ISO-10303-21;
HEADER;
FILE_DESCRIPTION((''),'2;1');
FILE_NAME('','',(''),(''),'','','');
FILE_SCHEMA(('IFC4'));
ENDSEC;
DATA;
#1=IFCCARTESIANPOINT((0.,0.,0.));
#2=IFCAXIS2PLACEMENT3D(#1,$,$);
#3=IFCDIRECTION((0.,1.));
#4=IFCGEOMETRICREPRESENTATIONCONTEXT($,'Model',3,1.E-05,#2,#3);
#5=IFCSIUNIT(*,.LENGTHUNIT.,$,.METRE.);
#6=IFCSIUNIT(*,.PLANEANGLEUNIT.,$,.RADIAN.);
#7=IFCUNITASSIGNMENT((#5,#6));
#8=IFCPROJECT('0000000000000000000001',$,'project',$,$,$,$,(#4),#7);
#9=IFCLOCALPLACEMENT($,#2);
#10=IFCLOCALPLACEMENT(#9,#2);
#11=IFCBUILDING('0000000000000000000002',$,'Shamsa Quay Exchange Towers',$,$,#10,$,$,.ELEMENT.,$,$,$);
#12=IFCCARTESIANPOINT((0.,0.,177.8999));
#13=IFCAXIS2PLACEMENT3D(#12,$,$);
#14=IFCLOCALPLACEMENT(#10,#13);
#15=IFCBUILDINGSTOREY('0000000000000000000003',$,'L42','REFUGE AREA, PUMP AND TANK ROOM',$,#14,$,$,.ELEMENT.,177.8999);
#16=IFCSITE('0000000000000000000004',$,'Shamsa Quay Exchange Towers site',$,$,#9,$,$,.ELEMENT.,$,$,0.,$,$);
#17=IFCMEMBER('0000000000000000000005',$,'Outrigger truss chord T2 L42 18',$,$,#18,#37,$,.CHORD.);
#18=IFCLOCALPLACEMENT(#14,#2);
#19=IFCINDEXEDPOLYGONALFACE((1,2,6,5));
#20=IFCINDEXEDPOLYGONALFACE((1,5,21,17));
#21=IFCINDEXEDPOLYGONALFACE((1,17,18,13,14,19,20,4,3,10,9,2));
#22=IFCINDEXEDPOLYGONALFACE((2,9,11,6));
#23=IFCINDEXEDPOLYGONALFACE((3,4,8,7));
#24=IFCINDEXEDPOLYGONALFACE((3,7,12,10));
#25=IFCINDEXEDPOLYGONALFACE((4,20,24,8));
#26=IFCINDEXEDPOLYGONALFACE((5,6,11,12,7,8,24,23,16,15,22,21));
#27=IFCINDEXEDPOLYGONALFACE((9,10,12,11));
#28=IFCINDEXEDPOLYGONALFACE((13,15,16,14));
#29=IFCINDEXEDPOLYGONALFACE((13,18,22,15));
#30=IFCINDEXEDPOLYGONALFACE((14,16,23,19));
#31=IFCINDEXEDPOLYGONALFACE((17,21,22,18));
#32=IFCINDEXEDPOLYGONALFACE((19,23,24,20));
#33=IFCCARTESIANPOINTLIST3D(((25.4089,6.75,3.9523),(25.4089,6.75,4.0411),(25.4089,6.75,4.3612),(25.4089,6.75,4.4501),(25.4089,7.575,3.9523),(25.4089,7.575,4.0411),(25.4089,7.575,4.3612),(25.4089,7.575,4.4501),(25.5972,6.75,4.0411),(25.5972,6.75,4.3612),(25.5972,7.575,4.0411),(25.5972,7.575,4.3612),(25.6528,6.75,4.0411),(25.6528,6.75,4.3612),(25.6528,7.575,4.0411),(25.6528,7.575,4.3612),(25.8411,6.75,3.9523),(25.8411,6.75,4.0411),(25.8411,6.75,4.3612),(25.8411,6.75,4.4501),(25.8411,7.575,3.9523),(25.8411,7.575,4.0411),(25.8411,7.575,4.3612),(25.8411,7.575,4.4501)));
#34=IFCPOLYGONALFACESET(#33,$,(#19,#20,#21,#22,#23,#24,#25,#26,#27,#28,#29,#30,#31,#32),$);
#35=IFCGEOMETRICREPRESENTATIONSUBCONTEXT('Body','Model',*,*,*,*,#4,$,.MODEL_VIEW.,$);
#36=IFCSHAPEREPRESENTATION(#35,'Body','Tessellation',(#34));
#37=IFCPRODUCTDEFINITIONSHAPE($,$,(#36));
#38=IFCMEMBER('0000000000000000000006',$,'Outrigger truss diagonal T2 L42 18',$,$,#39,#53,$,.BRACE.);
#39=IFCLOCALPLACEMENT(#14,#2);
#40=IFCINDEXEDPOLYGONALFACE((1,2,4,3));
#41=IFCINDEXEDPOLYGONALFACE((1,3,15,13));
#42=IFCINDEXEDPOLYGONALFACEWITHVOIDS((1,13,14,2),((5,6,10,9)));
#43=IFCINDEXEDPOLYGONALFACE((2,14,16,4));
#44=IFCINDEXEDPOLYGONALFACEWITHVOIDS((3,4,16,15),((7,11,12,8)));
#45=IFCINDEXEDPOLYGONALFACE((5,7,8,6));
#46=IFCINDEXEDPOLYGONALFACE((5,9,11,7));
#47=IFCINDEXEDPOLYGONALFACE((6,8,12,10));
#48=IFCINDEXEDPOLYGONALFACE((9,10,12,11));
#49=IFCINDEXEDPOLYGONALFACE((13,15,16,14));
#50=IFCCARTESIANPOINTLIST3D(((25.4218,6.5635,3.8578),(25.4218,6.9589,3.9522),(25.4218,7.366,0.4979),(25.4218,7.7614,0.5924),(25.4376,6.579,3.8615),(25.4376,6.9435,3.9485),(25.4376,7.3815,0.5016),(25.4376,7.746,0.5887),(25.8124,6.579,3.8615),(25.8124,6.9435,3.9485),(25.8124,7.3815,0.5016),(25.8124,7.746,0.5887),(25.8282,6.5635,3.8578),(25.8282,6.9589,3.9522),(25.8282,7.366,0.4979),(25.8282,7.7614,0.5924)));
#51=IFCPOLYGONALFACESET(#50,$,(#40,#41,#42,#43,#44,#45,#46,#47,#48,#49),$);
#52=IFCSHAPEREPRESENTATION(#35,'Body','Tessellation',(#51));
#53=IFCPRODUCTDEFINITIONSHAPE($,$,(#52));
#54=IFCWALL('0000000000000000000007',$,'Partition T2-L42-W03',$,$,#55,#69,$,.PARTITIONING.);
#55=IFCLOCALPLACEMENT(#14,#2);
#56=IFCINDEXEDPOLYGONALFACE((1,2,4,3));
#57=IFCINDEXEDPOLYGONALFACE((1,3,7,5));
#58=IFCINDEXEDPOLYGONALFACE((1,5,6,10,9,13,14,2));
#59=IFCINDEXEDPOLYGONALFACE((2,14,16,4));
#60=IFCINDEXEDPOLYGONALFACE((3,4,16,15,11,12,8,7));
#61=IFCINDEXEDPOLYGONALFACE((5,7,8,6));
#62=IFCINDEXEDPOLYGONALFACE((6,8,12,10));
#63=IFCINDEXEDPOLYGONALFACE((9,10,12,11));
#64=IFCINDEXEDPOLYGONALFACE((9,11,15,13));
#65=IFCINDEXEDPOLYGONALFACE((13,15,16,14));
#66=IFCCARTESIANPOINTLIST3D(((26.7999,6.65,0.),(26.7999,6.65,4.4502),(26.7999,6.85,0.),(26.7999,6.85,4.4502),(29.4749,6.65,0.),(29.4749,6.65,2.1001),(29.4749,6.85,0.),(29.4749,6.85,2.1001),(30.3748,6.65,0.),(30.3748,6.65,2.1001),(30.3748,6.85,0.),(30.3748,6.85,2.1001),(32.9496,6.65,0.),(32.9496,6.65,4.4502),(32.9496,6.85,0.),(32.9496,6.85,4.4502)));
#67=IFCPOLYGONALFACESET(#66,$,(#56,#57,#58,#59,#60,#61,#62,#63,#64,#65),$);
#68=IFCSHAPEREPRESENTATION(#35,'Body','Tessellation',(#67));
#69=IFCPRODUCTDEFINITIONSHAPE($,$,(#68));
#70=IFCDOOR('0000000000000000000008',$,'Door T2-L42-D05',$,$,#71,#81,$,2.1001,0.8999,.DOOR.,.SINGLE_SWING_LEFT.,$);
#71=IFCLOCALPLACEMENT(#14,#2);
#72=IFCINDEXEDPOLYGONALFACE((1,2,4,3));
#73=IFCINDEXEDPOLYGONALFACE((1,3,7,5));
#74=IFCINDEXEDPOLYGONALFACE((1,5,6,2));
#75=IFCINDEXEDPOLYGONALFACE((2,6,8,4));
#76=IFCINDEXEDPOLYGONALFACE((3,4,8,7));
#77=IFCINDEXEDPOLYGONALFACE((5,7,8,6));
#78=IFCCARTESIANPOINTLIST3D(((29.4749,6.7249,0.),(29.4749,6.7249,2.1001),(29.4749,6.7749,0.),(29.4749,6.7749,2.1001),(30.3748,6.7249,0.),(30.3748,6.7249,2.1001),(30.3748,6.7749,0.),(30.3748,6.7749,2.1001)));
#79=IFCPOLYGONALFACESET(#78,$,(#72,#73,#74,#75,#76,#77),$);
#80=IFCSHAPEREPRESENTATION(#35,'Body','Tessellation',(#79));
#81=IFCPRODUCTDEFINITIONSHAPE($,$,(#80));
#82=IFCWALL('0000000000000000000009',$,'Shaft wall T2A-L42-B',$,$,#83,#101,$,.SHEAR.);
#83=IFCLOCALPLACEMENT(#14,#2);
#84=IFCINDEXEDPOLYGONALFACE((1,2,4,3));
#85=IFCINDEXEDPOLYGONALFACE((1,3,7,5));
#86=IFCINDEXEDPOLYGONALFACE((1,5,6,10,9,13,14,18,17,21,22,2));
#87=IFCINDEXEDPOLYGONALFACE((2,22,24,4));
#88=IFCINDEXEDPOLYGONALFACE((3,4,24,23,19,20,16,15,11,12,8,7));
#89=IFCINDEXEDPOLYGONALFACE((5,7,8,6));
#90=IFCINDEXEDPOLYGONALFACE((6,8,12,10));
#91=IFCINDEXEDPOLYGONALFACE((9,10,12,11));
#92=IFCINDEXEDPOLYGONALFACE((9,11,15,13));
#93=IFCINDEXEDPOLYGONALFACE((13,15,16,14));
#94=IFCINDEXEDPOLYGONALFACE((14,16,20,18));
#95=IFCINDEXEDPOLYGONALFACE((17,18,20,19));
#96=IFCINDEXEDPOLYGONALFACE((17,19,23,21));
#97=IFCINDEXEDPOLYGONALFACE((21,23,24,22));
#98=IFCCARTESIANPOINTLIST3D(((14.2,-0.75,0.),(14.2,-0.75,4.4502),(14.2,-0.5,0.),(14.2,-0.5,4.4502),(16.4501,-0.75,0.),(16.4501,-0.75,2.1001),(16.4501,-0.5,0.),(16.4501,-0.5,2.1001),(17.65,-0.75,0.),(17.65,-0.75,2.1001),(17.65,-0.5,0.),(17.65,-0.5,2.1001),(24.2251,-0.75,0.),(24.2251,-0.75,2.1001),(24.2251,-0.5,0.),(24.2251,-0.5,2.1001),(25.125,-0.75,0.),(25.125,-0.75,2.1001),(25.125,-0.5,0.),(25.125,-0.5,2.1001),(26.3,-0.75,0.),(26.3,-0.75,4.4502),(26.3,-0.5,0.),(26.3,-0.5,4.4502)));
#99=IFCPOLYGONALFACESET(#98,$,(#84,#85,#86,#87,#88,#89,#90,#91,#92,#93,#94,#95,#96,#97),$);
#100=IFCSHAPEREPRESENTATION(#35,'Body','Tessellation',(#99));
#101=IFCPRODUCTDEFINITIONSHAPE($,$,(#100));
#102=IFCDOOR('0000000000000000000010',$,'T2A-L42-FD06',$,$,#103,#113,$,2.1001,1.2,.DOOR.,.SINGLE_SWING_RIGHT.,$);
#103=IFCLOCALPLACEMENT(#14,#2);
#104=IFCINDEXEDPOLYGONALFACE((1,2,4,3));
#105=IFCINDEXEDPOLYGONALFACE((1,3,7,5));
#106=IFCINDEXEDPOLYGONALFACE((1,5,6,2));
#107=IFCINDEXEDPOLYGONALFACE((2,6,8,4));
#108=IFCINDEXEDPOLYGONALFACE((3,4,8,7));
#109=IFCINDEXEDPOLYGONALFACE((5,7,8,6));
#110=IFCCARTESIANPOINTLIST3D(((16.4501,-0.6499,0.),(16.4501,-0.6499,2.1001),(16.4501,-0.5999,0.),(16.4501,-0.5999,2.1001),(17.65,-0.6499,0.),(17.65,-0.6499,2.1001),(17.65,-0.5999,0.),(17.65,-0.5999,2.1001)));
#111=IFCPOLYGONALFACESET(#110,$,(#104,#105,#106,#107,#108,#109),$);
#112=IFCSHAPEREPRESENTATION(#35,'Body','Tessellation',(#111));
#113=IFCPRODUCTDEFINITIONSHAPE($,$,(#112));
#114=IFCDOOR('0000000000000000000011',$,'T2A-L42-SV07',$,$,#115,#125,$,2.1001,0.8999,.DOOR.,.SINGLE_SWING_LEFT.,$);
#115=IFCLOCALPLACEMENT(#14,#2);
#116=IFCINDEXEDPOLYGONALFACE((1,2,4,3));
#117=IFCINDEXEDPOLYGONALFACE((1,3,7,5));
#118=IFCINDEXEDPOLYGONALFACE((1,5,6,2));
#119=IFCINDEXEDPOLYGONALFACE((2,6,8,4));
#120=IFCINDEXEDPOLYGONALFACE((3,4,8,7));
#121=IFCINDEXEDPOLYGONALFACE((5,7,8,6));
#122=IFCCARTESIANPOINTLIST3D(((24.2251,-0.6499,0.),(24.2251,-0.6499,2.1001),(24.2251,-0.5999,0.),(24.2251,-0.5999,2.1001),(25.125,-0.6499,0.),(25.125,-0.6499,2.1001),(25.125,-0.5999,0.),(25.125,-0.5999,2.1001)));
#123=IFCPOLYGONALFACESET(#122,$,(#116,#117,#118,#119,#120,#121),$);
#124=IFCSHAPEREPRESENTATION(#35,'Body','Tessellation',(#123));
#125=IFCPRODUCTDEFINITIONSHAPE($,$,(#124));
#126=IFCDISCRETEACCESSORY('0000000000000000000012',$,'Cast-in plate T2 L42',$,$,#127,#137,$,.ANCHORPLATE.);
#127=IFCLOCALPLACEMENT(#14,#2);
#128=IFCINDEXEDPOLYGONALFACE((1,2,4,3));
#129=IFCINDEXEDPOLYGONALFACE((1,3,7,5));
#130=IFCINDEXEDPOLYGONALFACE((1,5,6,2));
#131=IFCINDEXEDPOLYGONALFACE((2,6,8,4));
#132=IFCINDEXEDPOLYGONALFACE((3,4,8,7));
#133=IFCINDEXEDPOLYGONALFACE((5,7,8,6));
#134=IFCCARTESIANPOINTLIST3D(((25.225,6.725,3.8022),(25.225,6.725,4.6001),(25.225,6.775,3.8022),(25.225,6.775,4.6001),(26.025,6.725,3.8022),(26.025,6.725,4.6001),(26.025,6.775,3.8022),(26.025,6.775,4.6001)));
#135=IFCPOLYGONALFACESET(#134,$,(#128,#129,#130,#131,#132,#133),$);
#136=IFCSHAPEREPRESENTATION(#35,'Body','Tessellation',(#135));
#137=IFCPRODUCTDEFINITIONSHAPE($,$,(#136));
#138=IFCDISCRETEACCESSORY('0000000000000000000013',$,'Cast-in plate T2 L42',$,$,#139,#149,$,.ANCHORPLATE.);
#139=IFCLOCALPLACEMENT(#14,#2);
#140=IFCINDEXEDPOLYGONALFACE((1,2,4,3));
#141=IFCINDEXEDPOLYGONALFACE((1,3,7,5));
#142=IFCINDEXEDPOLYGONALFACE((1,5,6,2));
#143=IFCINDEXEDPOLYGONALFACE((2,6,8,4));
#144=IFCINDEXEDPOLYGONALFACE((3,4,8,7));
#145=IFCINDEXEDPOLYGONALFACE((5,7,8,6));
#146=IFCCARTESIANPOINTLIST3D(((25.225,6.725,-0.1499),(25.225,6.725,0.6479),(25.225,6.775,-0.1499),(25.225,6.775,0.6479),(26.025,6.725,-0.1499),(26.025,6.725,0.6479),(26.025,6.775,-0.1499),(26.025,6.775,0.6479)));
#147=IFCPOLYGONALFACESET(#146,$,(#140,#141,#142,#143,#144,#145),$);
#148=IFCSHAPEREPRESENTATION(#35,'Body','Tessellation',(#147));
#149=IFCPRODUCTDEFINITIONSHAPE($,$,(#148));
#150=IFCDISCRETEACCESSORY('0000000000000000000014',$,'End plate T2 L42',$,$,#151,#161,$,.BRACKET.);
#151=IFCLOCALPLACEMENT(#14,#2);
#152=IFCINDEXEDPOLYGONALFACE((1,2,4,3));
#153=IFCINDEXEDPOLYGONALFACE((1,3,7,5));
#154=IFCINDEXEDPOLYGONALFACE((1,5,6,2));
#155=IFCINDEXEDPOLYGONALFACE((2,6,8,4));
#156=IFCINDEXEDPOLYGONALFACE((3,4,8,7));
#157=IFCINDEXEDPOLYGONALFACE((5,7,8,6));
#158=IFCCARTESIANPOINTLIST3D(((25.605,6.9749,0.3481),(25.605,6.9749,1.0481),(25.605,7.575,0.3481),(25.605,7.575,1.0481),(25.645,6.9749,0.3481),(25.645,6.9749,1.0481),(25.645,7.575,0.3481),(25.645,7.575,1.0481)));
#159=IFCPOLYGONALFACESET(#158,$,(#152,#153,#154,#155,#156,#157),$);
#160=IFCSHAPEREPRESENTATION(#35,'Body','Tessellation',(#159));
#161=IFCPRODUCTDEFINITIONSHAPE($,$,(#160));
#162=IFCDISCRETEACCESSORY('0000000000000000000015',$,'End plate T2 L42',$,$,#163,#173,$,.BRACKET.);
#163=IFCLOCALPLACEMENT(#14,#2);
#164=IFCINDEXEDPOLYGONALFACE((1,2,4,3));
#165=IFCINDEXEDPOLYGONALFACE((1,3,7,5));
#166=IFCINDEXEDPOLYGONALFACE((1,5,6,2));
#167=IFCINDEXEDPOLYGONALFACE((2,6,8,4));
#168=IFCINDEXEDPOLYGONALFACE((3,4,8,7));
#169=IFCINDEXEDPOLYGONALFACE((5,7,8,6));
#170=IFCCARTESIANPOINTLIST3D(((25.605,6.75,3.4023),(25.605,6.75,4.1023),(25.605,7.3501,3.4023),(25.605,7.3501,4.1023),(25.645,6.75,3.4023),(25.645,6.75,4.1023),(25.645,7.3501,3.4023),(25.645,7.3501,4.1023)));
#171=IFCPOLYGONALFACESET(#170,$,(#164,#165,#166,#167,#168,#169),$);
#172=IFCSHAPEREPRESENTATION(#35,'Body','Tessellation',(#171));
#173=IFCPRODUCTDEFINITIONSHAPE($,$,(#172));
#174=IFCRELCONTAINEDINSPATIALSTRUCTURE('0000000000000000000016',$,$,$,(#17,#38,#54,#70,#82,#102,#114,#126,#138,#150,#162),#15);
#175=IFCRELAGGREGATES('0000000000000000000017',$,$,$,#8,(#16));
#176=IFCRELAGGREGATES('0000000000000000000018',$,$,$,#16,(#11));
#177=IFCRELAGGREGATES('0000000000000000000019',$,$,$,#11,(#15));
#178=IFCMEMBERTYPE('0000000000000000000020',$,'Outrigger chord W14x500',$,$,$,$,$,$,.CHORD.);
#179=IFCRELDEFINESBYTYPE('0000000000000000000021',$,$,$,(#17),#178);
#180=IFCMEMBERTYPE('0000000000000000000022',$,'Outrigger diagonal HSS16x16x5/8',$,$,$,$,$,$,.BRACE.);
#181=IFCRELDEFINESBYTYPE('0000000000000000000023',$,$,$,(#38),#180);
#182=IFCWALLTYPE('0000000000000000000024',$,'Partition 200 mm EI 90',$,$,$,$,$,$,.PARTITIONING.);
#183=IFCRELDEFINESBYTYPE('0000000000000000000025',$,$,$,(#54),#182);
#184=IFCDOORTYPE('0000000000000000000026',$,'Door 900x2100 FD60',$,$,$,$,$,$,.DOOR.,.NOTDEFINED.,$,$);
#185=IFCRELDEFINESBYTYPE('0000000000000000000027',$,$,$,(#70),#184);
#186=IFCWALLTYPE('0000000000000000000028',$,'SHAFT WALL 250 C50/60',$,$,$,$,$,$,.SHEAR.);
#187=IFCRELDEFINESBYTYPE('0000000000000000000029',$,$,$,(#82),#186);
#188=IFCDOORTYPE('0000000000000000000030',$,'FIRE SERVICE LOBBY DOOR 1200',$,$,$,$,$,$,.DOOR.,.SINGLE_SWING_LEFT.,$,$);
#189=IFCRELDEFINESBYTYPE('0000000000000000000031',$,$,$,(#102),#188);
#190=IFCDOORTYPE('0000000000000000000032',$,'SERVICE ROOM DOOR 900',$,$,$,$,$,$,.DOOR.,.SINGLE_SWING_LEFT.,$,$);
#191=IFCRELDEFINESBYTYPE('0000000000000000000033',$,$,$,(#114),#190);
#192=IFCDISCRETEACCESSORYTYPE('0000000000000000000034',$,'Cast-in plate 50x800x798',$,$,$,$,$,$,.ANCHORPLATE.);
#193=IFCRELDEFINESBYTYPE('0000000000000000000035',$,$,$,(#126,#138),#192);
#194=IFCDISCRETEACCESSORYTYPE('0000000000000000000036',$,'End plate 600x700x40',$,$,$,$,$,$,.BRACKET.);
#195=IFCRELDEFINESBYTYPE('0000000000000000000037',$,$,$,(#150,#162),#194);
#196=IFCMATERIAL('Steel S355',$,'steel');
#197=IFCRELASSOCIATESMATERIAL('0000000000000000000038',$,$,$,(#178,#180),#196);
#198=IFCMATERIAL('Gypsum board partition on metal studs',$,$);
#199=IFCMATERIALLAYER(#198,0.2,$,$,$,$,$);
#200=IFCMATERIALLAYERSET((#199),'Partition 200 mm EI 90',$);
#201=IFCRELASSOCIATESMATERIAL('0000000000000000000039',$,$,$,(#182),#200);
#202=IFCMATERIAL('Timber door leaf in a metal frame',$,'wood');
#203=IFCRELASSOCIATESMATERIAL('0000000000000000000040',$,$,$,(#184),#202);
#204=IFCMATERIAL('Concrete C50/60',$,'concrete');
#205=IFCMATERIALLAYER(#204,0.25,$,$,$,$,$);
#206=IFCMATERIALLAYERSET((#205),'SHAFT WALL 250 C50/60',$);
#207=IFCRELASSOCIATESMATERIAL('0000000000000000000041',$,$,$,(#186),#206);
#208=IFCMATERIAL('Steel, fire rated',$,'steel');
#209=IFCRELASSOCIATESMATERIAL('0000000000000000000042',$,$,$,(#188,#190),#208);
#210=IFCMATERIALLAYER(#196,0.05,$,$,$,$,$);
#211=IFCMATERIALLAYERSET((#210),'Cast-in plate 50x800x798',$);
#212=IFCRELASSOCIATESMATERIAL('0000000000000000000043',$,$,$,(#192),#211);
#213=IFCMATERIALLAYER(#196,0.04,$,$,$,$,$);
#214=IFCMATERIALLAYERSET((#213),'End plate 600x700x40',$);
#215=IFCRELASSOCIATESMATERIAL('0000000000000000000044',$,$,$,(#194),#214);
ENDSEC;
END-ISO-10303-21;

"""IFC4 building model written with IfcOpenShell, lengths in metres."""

from ifc_helpers import new_model, si_unit, direction, frame, frame_2d, origin, origin_2d, place, context, subcontext, project, spatial, rectangle, hollow_rectangle, i_section, extrude, material, layer, layer_set, material_profile, profile_set, type_object, element, fill, save


model = new_model("IFC4")

# Units and contexts
model_context = context("Model", 3, precision=1e-05, world=origin(), true_north=direction((0.0, 1.0)))
body_context = subcontext(model_context, "Body", "Model", "MODEL_VIEW")
ifc_project = project(units=[si_unit("LENGTHUNIT", "METRE"), si_unit("PLANEANGLEUNIT", "RADIAN")], contexts=[model_context])

# Site, building, storey
site_placement = place(None, origin())
site = spatial("IfcSite", under=ifc_project, at=site_placement, Name="Shamsa Quay Exchange Towers site", CompositionType="ELEMENT", RefElevation=0.0)
building_placement = place(site_placement, origin())
building = spatial("IfcBuilding", under=site, at=building_placement, Name="Shamsa Quay Exchange Towers", CompositionType="ELEMENT")
storey_placement = place(building_placement, frame((0.0, 0.0, 177.8999)))
storey = spatial("IfcBuildingStorey", under=building, at=storey_placement, Name="L42", Description="REFUGE AREA, PUMP AND TANK ROOM", CompositionType="ELEMENT", Elevation=177.8999)

# Members
ifc_material_1 = material(Name="Steel S355", Category="steel")
ifc_material_profile_1 = material_profile(ifc_material_1, i_section(OverallWidth=0.4321, OverallDepth=0.4978, WebThickness=0.0557, FlangeThickness=0.0889, at=origin_2d()), Name="W14x500")
ifc_profile_set_1 = profile_set([ifc_material_profile_1], Name="Steel S355")
member_type_1 = type_object("IfcMemberType", Name="Outrigger chord W14x500", PredefinedType="CHORD", material=ifc_profile_set_1)
member_1_placement = place(storey_placement, frame((25.625, 7.575, 4.2012), z_axis=(0.0, -1.0, 0.0), x_axis=(1.0, 0.0, 0.0)))
element("IfcMember", 1, at=member_1_placement, inside=storey, type_object=member_type_1, Name="Outrigger truss chord T2 L42 18", PredefinedType="CHORD", context=body_context, shape_type="SweptSolid", body=[
    extrude(i_section(OverallWidth=0.4321, OverallDepth=0.4978, WebThickness=0.0557, FlangeThickness=0.0889, at=origin_2d()), origin(), (0.0, 0.0, 1.0), 0.825),
])
ifc_material_profile_2 = material_profile(ifc_material_1, hollow_rectangle(XDim=0.4065, YDim=0.4065, WallThickness=0.0159, at=origin_2d()), Name="HSS16x16x5/8")
ifc_profile_set_2 = profile_set([ifc_material_profile_2], Name="Steel S355")
member_type_2 = type_object("IfcMemberType", Name="Outrigger diagonal HSS16x16x5/8", PredefinedType="BRACE", material=ifc_profile_set_2)
member_2_placement = place(storey_placement, frame((25.625, 7.5637, 0.5452), z_axis=(0.0, -0.232312, 0.972641), x_axis=(1.0, 0.0, 0.0)))
element("IfcMember", 2, at=member_2_placement, inside=storey, type_object=member_type_2, Name="Outrigger truss diagonal T2 L42 18", PredefinedType="BRACE", context=body_context, shape_type="SweptSolid", body=[
    extrude(hollow_rectangle(XDim=0.4065, YDim=0.4065, WallThickness=0.0159, at=origin_2d()), origin(), (0.0, 0.0, 1.0), 3.4543),
])

# Shared definitions
ifc_material_2 = material(Name="Steel, fire rated", Category="steel")
ifc_material_3 = material(Name="Gypsum board partition on metal studs")
ifc_material_4 = material(Name="Timber door leaf in a metal frame", Category="wood")

# Wall, opening, door
ifc_layer_1 = layer(ifc_material_3, 0.2)
ifc_layer_set_1 = layer_set([ifc_layer_1], Name="Partition 200 mm EI 90")
wall_type_1 = type_object("IfcWallType", Name="Partition 200 mm EI 90", PredefinedType="PARTITIONING", material=ifc_layer_set_1)
wall_1_placement = place(storey_placement, frame((26.8, 6.75, 0.0)))
wall_1 = element("IfcWall", 3, at=wall_1_placement, inside=storey, type_object=wall_type_1, Name="Partition T2-L42-W03", PredefinedType="PARTITIONING", context=body_context, shape_type="SweptSolid", body=[
    extrude(rectangle(XDim=6.1497, YDim=0.2, at=frame_2d((3.0747, 0.0))), origin(), (0.0, 0.0, 1.0), 4.4502),
])
opening_1_placement = place(wall_1_placement, frame((2.6748, 0.0, 0.0)))
opening_1 = element("IfcOpeningElement", 4, at=opening_1_placement, cuts=wall_1, PredefinedType="OPENING", context=body_context, shape_type="SweptSolid", body=[
    extrude(rectangle(XDim=0.8999, YDim=2.1001, at=frame_2d((0.45, 1.05))), frame((0.0, 0.1099, 0.0), z_axis=(0.0, -1.0, 0.0), x_axis=(1.0, 0.0, 0.0)), (0.0, 0.0, 1.0), 0.22),
])
door_type_1 = type_object("IfcDoorType", Name="Door 900x2100 FD60", OperationType="NOTDEFINED", PredefinedType="DOOR", material=ifc_material_4)
door_1_placement = place(opening_1_placement, origin())
door_1 = element("IfcDoor", 5, at=door_1_placement, inside=storey, type_object=door_type_1, Name="Door T2-L42-D05", OperationType="SINGLE_SWING_LEFT", OverallHeight=2.1001, OverallWidth=0.8999, PredefinedType="DOOR", context=body_context, shape_type="SweptSolid", body=[
    extrude(rectangle(XDim=0.8999, YDim=2.1001, at=frame_2d((0.45, 1.05))), frame((0.0, 0.0249, 0.0), z_axis=(0.0, -1.0, 0.0), x_axis=(1.0, 0.0, 0.0)), (0.0, 0.0, 1.0), 0.05),
])
fill(opening_1, door_1)

# Wall, openings, doors
ifc_material_5 = material(Name="Concrete C50/60", Category="concrete")
ifc_layer_2 = layer(ifc_material_5, 0.25)
ifc_layer_set_2 = layer_set([ifc_layer_2], Name="SHAFT WALL 250 C50/60")
wall_type_2 = type_object("IfcWallType", Name="SHAFT WALL 250 C50/60", PredefinedType="SHEAR", material=ifc_layer_set_2)
wall_2_placement = place(storey_placement, frame((26.3, -0.625, 0.0), z_axis=(0.0, 0.0, 1.0), x_axis=(-1.0, 0.0, 0.0)))
wall_2 = element("IfcWall", 6, at=wall_2_placement, inside=storey, type_object=wall_type_2, Name="Shaft wall T2A-L42-B", PredefinedType="SHEAR", context=body_context, shape_type="SweptSolid", body=[
    extrude(rectangle(XDim=12.1001, YDim=0.25, at=frame_2d((6.05, 0.0))), origin(), (0.0, 0.0, 1.0), 4.4502),
])
opening_2_placement = place(wall_2_placement, frame((8.6499, 0.0, 0.0)))
opening_2 = element("IfcOpeningElement", 7, at=opening_2_placement, cuts=wall_2, PredefinedType="OPENING", context=body_context, shape_type="SweptSolid", body=[
    extrude(rectangle(XDim=1.2, YDim=2.1001, at=frame_2d((0.6001, 1.05))), frame((0.0, 0.135, 0.0), z_axis=(0.0, -1.0, 0.0), x_axis=(1.0, 0.0, 0.0)), (0.0, 0.0, 1.0), 0.27),
])
opening_3_placement = place(wall_2_placement, frame((1.175, 0.0, 0.0)))
opening_3 = element("IfcOpeningElement", 8, at=opening_3_placement, cuts=wall_2, PredefinedType="OPENING", context=body_context, shape_type="SweptSolid", body=[
    extrude(rectangle(XDim=0.8999, YDim=2.1001, at=frame_2d((0.45, 1.05))), frame((0.0, 0.135, 0.0), z_axis=(0.0, -1.0, 0.0), x_axis=(1.0, 0.0, 0.0)), (0.0, 0.0, 1.0), 0.27),
])
door_type_2 = type_object("IfcDoorType", Name="FIRE SERVICE LOBBY DOOR 1200", OperationType="SINGLE_SWING_LEFT", PredefinedType="DOOR", material=ifc_material_2)
door_2_placement = place(opening_2_placement, origin())
door_2 = element("IfcDoor", 9, at=door_2_placement, inside=storey, type_object=door_type_2, Name="T2A-L42-FD06", OperationType="SINGLE_SWING_RIGHT", OverallHeight=2.1001, OverallWidth=1.2, PredefinedType="DOOR", context=body_context, shape_type="SweptSolid", body=[
    extrude(rectangle(XDim=1.2, YDim=2.1001, at=frame_2d((0.6001, 1.05))), frame((0.0, 0.0249, 0.0), z_axis=(0.0, -1.0, 0.0), x_axis=(1.0, 0.0, 0.0)), (0.0, 0.0, 1.0), 0.05),
])
fill(opening_2, door_2)
door_type_3 = type_object("IfcDoorType", Name="SERVICE ROOM DOOR 900", OperationType="SINGLE_SWING_LEFT", PredefinedType="DOOR", material=ifc_material_2)
door_3_placement = place(opening_3_placement, origin())
door_3 = element("IfcDoor", 10, at=door_3_placement, inside=storey, type_object=door_type_3, Name="T2A-L42-SV07", OperationType="SINGLE_SWING_LEFT", OverallHeight=2.1001, OverallWidth=0.8999, PredefinedType="DOOR", context=body_context, shape_type="SweptSolid", body=[
    extrude(rectangle(XDim=0.8999, YDim=2.1001, at=frame_2d((0.45, 1.05))), frame((0.0, 0.0249, 0.0), z_axis=(0.0, -1.0, 0.0), x_axis=(1.0, 0.0, 0.0)), (0.0, 0.0, 1.0), 0.05),
])
fill(opening_3, door_3)

# Discrete accessories
ifc_layer_3 = layer(ifc_material_1, 0.05)
ifc_layer_set_3 = layer_set([ifc_layer_3], Name="Cast-in plate 50x800x798")
discrete_accessory_type_1 = type_object("IfcDiscreteAccessoryType", Name="Cast-in plate 50x800x798", PredefinedType="ANCHORPLATE", material=ifc_layer_set_3)
for number, where, z_axis, x_axis, name in (
    (11, (25.625, 6.75, 3.8022), (0.0, 0.0, 1.0), (0.0, -1.0, 0.0), "Cast-in plate T2 L42"),
    (12, (25.625, 6.75, -0.1499), (0.0, 0.0, 1.0), (0.0, -1.0, 0.0), "Cast-in plate T2 L42"),
):
    element("IfcDiscreteAccessory", number, at=place(storey_placement, frame(where, z_axis=z_axis, x_axis=x_axis)), inside=storey, type_object=discrete_accessory_type_1, Name=name, PredefinedType="ANCHORPLATE", context=body_context, shape_type="SweptSolid", body=[
        extrude(rectangle(XDim=0.05, YDim=0.8, at=origin_2d()), origin(), (0.0, 0.0, 1.0), 0.7979),
    ])
ifc_layer_4 = layer(ifc_material_1, 0.04)
ifc_layer_set_4 = layer_set([ifc_layer_4], Name="End plate 600x700x40")
discrete_accessory_type_2 = type_object("IfcDiscreteAccessoryType", Name="End plate 600x700x40", PredefinedType="BRACKET", material=ifc_layer_set_4)
for number, where, z_axis, x_axis, name in (
    (13, (25.625, 7.2749, 0.3481), (0.0, 0.0, 1.0), (0.0, -1.0, 0.0), "End plate T2 L42"),
    (14, (25.625, 7.05, 3.4023), (0.0, 0.0, 1.0), (0.0, -1.0, 0.0), "End plate T2 L42"),
):
    element("IfcDiscreteAccessory", number, at=place(storey_placement, frame(where, z_axis=z_axis, x_axis=x_axis)), inside=storey, type_object=discrete_accessory_type_2, Name=name, PredefinedType="BRACKET", context=body_context, shape_type="SweptSolid", body=[
        extrude(rectangle(XDim=0.6001, YDim=0.04, at=origin_2d()), origin(), (0.0, 0.0, 1.0), 0.7),
    ])

save(model, "model.ifc")
